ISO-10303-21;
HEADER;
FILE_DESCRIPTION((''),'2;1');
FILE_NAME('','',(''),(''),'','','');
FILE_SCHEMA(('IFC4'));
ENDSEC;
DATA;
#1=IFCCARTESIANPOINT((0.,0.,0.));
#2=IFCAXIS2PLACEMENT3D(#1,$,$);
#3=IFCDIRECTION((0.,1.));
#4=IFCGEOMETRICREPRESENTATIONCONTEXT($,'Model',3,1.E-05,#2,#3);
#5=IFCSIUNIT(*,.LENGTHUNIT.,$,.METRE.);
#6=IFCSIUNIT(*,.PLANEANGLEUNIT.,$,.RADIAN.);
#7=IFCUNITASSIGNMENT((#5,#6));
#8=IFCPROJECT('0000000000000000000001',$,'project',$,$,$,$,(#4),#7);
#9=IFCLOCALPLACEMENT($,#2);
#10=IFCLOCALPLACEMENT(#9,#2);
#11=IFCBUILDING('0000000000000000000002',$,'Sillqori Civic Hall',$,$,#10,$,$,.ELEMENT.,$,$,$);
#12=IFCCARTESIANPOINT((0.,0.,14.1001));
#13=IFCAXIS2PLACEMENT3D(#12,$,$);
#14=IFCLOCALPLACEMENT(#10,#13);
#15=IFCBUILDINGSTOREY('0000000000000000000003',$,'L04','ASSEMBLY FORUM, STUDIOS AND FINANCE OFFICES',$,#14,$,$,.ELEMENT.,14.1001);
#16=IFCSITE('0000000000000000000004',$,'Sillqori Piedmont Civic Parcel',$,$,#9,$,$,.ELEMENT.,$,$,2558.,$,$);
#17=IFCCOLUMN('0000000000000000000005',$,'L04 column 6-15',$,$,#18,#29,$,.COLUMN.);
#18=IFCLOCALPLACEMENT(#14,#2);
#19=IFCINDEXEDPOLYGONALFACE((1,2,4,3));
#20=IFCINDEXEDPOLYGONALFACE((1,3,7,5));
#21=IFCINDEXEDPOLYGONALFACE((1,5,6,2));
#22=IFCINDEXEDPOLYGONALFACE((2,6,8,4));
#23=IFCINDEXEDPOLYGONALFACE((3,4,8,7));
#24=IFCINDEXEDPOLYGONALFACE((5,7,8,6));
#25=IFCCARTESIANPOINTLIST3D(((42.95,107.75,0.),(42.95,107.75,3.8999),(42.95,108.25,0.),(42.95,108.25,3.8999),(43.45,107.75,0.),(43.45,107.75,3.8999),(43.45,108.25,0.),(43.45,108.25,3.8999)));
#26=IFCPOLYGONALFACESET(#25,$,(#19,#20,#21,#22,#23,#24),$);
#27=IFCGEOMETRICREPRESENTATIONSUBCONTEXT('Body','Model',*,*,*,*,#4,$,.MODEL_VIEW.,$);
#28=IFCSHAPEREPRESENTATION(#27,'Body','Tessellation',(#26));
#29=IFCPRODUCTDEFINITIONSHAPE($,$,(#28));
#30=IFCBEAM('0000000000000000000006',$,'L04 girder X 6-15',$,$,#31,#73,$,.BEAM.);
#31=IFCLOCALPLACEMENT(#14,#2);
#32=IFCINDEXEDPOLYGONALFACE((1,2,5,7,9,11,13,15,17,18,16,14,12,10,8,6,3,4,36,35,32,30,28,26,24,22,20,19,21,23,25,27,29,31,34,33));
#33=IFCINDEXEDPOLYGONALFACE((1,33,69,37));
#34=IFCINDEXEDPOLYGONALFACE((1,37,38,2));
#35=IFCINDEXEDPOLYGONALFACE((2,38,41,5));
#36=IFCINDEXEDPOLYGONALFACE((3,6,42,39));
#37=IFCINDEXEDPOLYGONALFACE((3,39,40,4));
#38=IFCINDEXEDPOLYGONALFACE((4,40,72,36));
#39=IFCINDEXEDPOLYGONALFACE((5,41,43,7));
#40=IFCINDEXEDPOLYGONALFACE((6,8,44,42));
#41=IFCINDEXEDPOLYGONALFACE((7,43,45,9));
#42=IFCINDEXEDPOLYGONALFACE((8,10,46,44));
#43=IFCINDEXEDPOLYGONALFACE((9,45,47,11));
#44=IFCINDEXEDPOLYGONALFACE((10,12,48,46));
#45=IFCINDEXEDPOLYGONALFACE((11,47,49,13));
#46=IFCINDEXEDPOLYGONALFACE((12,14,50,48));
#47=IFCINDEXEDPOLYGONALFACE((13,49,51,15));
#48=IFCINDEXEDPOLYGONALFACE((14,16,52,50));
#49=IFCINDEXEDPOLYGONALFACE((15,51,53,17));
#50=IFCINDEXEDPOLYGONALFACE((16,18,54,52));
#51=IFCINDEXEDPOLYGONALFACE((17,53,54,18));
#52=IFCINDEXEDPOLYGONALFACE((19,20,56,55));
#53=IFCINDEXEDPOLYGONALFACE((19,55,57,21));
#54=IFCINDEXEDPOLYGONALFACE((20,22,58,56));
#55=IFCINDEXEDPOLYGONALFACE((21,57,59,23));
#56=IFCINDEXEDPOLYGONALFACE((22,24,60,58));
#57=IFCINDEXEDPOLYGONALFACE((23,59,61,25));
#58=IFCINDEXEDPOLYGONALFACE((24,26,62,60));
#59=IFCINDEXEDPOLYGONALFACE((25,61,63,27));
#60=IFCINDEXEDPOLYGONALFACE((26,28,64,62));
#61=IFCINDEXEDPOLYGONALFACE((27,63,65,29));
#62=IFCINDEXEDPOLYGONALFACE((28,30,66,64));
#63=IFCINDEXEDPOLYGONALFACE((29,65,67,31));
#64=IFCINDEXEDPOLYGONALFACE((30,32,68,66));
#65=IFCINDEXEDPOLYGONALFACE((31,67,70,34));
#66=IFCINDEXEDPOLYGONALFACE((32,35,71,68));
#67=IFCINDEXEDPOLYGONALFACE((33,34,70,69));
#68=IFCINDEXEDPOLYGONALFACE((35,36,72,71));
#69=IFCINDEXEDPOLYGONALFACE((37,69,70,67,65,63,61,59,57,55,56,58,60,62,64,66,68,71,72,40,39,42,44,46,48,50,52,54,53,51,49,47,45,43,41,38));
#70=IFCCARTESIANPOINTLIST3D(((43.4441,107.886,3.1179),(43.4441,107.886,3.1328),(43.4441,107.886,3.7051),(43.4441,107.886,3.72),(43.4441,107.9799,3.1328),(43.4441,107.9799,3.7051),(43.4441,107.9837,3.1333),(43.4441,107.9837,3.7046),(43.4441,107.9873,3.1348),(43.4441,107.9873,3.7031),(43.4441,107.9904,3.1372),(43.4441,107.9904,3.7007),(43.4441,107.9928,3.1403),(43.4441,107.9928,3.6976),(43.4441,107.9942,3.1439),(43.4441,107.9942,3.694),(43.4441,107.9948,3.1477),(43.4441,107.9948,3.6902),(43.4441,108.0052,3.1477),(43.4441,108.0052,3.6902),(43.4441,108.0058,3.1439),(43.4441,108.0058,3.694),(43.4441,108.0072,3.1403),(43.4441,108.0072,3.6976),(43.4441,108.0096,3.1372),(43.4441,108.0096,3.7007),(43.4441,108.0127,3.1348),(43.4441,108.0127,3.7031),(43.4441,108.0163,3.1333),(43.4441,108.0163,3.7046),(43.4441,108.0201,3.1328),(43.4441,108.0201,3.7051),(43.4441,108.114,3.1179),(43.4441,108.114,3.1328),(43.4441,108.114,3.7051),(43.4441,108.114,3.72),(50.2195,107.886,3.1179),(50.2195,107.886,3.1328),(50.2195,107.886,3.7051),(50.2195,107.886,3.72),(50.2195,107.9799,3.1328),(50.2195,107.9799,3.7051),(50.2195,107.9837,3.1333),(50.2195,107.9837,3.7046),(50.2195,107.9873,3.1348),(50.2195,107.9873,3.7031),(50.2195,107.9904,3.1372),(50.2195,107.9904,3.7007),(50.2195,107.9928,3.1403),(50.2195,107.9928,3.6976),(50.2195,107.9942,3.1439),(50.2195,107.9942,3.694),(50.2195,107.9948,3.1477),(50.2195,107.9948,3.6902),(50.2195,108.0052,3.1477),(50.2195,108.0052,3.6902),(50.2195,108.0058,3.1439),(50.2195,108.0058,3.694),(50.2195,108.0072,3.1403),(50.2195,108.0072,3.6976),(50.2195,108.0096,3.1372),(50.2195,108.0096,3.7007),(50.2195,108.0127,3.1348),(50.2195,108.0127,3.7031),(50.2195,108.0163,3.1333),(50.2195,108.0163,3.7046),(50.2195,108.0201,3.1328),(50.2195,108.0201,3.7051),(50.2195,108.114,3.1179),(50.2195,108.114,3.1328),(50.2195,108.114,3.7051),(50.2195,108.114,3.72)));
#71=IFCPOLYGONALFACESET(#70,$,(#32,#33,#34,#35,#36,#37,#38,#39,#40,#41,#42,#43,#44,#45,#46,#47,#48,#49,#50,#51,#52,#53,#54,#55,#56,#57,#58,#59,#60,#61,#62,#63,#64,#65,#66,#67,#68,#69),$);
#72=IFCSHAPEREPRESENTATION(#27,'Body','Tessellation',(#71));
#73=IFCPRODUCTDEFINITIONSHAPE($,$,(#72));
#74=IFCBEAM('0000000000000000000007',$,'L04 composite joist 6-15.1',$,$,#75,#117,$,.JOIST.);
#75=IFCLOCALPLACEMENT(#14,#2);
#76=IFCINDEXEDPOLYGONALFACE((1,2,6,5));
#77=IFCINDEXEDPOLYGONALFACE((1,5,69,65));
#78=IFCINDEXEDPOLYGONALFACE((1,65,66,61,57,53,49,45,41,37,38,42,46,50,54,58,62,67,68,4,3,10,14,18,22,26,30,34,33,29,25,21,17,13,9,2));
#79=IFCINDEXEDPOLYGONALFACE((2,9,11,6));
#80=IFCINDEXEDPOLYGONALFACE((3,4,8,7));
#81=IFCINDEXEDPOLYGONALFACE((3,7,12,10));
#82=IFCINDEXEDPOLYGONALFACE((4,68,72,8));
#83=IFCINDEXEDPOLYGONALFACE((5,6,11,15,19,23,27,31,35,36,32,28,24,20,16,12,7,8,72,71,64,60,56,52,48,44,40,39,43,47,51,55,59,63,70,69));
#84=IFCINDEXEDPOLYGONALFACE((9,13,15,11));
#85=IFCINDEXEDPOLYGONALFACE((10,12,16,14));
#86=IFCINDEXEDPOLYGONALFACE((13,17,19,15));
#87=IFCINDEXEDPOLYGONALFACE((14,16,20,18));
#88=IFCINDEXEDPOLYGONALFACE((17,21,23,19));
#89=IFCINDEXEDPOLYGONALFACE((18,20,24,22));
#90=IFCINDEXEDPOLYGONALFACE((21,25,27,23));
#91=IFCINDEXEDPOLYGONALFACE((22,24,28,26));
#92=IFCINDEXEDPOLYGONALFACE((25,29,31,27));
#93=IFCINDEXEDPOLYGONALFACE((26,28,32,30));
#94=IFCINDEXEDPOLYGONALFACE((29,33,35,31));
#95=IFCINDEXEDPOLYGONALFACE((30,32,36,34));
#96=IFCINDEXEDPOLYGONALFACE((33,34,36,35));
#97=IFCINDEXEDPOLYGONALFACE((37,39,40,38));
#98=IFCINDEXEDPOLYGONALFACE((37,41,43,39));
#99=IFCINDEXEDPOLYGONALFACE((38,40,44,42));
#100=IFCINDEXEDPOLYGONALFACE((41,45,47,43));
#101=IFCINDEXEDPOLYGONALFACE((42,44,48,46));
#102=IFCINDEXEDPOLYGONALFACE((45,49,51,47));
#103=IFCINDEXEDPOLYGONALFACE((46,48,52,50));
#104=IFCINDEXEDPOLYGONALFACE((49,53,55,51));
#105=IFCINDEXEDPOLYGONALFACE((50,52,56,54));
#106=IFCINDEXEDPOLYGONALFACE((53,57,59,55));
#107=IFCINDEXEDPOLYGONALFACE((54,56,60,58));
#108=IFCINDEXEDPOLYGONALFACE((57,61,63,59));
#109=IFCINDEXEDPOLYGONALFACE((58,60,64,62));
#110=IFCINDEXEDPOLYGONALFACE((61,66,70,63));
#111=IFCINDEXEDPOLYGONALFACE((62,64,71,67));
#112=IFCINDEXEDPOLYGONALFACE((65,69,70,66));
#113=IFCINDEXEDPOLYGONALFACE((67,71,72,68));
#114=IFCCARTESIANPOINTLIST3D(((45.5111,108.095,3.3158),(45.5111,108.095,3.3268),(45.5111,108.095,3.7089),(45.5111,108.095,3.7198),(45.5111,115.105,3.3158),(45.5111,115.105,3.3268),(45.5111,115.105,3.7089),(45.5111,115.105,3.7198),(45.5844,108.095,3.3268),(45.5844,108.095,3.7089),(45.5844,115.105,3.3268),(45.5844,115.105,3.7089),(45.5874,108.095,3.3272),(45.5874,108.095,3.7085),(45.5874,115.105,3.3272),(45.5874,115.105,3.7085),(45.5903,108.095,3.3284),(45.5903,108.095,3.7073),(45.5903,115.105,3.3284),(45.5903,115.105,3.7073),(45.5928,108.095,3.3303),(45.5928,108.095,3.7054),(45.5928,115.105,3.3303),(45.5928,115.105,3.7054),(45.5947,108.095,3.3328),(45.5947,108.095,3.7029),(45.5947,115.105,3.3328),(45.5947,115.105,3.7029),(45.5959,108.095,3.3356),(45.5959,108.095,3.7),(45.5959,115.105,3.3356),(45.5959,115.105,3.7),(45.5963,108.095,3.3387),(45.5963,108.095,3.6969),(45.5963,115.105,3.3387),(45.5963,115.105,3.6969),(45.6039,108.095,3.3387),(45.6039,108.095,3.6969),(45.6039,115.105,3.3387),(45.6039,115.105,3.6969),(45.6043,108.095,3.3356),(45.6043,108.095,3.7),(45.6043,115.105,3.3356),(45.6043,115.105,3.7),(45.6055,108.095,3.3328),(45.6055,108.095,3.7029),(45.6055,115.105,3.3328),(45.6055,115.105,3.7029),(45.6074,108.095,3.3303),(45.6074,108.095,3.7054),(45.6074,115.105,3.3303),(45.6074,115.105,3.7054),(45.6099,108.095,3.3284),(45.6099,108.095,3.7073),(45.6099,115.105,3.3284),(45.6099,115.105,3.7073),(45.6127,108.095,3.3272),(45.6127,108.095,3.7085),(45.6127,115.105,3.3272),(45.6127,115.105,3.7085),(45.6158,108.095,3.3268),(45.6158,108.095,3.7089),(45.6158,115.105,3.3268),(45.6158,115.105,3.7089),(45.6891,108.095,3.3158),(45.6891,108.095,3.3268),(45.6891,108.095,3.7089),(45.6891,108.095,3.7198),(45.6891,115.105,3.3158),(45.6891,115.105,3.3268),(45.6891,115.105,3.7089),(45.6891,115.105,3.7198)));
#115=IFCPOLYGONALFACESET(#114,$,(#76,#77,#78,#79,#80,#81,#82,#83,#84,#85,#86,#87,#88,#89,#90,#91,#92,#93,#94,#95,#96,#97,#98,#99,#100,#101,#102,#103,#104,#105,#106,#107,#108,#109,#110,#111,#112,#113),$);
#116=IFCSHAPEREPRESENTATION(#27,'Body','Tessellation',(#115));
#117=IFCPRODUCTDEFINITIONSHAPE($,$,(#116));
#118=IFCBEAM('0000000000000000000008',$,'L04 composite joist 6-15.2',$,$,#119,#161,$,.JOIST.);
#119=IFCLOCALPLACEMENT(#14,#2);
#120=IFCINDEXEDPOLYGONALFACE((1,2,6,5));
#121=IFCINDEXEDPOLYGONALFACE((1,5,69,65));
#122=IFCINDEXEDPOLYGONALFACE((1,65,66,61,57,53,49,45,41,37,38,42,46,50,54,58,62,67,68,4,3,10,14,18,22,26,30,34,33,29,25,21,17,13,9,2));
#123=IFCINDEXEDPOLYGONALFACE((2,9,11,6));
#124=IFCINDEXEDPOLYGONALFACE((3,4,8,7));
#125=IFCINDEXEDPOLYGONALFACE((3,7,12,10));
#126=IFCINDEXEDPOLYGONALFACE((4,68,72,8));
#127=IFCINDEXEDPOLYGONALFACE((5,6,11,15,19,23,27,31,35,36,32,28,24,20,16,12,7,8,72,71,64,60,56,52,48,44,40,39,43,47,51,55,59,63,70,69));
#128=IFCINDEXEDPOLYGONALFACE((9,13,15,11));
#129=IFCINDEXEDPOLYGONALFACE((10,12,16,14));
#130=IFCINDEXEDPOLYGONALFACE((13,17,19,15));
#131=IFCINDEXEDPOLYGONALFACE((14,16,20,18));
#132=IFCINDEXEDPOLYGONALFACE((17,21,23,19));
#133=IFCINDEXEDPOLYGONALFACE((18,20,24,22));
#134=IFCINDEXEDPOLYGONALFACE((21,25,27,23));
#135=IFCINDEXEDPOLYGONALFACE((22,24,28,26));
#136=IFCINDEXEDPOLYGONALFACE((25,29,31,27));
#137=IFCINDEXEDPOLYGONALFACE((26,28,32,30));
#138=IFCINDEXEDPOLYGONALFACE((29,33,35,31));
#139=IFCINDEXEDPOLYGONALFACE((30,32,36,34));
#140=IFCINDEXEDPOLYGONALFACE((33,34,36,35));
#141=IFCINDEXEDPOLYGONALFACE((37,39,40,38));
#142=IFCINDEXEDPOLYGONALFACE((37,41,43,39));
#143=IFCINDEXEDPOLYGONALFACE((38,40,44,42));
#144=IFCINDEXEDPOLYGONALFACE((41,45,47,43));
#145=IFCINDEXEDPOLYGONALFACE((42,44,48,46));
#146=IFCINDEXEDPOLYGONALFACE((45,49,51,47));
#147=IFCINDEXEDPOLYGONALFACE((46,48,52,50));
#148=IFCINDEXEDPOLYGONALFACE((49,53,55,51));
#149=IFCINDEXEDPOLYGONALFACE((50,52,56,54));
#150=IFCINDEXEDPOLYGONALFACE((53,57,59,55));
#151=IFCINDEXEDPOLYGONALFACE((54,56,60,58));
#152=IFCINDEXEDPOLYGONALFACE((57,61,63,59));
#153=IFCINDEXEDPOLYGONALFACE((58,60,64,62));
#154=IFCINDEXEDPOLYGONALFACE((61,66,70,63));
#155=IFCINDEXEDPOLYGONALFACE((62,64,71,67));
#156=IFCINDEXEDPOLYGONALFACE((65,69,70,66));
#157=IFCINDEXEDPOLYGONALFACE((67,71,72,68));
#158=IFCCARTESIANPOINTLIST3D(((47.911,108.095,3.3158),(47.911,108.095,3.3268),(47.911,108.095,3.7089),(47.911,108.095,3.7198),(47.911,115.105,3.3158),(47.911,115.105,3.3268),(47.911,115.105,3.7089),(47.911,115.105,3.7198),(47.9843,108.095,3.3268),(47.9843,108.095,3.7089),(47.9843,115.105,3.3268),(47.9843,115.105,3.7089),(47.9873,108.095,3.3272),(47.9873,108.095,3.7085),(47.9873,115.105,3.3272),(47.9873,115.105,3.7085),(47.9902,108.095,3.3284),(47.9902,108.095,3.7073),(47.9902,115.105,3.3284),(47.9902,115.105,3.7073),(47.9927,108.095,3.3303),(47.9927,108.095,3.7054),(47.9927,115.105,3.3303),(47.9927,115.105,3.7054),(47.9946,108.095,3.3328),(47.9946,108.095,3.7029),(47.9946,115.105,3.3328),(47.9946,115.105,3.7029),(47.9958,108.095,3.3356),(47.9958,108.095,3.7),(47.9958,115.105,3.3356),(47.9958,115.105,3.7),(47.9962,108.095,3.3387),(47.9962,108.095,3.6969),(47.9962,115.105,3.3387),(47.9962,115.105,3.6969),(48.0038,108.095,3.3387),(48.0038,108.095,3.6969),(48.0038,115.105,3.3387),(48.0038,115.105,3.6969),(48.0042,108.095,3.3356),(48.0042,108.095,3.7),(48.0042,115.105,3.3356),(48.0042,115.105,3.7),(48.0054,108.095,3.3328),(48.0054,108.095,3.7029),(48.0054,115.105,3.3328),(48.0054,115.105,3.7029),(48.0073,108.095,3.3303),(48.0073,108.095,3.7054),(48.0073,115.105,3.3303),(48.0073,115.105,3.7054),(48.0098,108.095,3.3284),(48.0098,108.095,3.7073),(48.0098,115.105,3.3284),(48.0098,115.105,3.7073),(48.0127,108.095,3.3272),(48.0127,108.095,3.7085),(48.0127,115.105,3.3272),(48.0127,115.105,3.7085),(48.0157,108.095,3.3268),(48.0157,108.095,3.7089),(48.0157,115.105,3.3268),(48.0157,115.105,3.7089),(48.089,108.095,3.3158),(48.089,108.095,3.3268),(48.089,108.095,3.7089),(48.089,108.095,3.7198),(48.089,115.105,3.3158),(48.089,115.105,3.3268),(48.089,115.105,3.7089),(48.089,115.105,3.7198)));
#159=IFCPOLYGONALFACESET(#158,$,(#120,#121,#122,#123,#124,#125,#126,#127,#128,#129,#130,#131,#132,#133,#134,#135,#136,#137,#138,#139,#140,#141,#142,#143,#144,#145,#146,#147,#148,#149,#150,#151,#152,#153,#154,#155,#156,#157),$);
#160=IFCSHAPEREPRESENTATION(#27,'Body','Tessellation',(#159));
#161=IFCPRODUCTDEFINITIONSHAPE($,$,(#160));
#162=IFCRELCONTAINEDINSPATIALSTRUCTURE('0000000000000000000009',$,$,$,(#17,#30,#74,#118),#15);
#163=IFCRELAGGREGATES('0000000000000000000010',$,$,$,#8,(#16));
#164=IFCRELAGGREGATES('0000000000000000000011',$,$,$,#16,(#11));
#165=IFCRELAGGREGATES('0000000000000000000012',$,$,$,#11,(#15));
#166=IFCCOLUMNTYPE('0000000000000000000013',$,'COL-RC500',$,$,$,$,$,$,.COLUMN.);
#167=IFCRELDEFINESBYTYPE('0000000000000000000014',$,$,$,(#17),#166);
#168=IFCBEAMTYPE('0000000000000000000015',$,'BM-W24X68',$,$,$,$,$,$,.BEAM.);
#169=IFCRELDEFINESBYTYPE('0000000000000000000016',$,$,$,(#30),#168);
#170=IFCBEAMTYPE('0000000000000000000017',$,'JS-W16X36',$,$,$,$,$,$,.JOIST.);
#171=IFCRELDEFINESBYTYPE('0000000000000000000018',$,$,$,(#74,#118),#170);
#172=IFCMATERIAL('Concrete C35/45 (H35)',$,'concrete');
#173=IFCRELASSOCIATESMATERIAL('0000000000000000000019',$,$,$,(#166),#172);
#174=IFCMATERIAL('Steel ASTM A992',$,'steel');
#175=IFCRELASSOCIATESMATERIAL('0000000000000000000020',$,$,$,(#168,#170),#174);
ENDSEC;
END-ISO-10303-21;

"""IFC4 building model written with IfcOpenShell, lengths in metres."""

from ifc_helpers import new_model, si_unit, direction, frame, origin, origin_2d, place, context, subcontext, project, spatial, rectangle, i_section, extrude, material, material_profile, profile_set, type_object, element, save


model = new_model("IFC4")

# Units and contexts
model_context = context("Model", 3, precision=1e-05, world=origin(), true_north=direction((0.0, 1.0)))
body_context = subcontext(model_context, "Body", "Model", "MODEL_VIEW")
ifc_project = project(units=[si_unit("LENGTHUNIT", "METRE"), si_unit("PLANEANGLEUNIT", "RADIAN")], contexts=[model_context])

# Site, building, storey
site_placement = place(None, origin())
site = spatial("IfcSite", under=ifc_project, at=site_placement, Name="Sillqori Piedmont Civic Parcel", CompositionType="ELEMENT", RefElevation=2558.0)
building_placement = place(site_placement, origin())
building = spatial("IfcBuilding", under=site, at=building_placement, Name="Sillqori Civic Hall", CompositionType="ELEMENT")
storey_placement = place(building_placement, frame((0.0, 0.0, 14.1001)))
storey = spatial("IfcBuildingStorey", under=building, at=storey_placement, Name="L04", Description="ASSEMBLY FORUM, STUDIOS AND FINANCE OFFICES", CompositionType="ELEMENT", Elevation=14.1001)

# Column
ifc_material_1 = material(Name="Concrete C35/45 (H35)", Category="concrete")
ifc_material_profile_1 = material_profile(ifc_material_1, rectangle(XDim=0.5, YDim=0.5, at=origin_2d()), Name="RC 500x500")
ifc_profile_set_1 = profile_set([ifc_material_profile_1], Name="Concrete C35/45 (H35)")
column_type = type_object("IfcColumnType", Name="COL-RC500", PredefinedType="COLUMN", material=ifc_profile_set_1)
column_placement = place(storey_placement, frame((43.2, 108.0, 0.0), z_axis=(0.0, 0.0, 1.0), x_axis=(1.0, 0.0, 0.0)))
element("IfcColumn", 1, at=column_placement, inside=storey, type_object=column_type, Name="L04 column 6-15", PredefinedType="COLUMN", context=body_context, shape_type="SweptSolid", body=[
    extrude(rectangle(XDim=0.5, YDim=0.5, at=origin_2d()), origin(), (0.0, 0.0, 1.0), 3.8999),
])

# Beam
ifc_material_2 = material(Name="Steel ASTM A992", Category="steel")
ifc_material_profile_2 = material_profile(ifc_material_2, i_section(OverallWidth=0.228, OverallDepth=0.6021, WebThickness=0.0105, FlangeThickness=0.0149, FilletRadius=0.0149, at=origin_2d()), Name="W24X68")
ifc_profile_set_2 = profile_set([ifc_material_profile_2], Name="Steel ASTM A992")
beam_type_1 = type_object("IfcBeamType", Name="BM-W24X68", PredefinedType="BEAM", material=ifc_profile_set_2)
beam_1_placement = place(storey_placement, frame((43.4441, 108.0, 3.4189), z_axis=(1.0, 0.0, 0.0), x_axis=(0.0, 1.0, 0.0)))
element("IfcBeam", 2, at=beam_1_placement, inside=storey, type_object=beam_type_1, Name="L04 girder X 6-15", PredefinedType="BEAM", context=body_context, shape_type="SweptSolid", body=[
    extrude(i_section(OverallWidth=0.228, OverallDepth=0.6021, WebThickness=0.0105, FlangeThickness=0.0149, FilletRadius=0.0149, at=origin_2d()), origin(), (0.0, 0.0, 1.0), 6.7754),
])

# Beams
ifc_material_profile_3 = material_profile(ifc_material_2, i_section(OverallWidth=0.178, OverallDepth=0.4041, WebThickness=0.0076, FlangeThickness=0.011, FilletRadius=0.012, at=origin_2d()), Name="W16X36")
ifc_profile_set_3 = profile_set([ifc_material_profile_3], Name="Steel ASTM A992")
beam_type_2 = type_object("IfcBeamType", Name="JS-W16X36", PredefinedType="JOIST", material=ifc_profile_set_3)
for number, where, z_axis, x_axis, name in (
    (3, (45.6001, 108.095, 3.5178), (0.0, 1.0, 0.0), (-1.0, 0.0, 0.0), "L04 composite joist 6-15.1"),
    (4, (48.0, 108.095, 3.5178), (0.0, 1.0, 0.0), (-1.0, 0.0, 0.0), "L04 composite joist 6-15.2"),
):
    element("IfcBeam", number, at=place(storey_placement, frame(where, z_axis=z_axis, x_axis=x_axis)), inside=storey, type_object=beam_type_2, Name=name, PredefinedType="JOIST", context=body_context, shape_type="SweptSolid", body=[
        extrude(i_section(OverallWidth=0.178, OverallDepth=0.4041, WebThickness=0.0076, FlangeThickness=0.011, FilletRadius=0.012, at=origin_2d()), origin(), (0.0, 0.0, 1.0), 7.01),
    ])

save(model, "model.ifc")
